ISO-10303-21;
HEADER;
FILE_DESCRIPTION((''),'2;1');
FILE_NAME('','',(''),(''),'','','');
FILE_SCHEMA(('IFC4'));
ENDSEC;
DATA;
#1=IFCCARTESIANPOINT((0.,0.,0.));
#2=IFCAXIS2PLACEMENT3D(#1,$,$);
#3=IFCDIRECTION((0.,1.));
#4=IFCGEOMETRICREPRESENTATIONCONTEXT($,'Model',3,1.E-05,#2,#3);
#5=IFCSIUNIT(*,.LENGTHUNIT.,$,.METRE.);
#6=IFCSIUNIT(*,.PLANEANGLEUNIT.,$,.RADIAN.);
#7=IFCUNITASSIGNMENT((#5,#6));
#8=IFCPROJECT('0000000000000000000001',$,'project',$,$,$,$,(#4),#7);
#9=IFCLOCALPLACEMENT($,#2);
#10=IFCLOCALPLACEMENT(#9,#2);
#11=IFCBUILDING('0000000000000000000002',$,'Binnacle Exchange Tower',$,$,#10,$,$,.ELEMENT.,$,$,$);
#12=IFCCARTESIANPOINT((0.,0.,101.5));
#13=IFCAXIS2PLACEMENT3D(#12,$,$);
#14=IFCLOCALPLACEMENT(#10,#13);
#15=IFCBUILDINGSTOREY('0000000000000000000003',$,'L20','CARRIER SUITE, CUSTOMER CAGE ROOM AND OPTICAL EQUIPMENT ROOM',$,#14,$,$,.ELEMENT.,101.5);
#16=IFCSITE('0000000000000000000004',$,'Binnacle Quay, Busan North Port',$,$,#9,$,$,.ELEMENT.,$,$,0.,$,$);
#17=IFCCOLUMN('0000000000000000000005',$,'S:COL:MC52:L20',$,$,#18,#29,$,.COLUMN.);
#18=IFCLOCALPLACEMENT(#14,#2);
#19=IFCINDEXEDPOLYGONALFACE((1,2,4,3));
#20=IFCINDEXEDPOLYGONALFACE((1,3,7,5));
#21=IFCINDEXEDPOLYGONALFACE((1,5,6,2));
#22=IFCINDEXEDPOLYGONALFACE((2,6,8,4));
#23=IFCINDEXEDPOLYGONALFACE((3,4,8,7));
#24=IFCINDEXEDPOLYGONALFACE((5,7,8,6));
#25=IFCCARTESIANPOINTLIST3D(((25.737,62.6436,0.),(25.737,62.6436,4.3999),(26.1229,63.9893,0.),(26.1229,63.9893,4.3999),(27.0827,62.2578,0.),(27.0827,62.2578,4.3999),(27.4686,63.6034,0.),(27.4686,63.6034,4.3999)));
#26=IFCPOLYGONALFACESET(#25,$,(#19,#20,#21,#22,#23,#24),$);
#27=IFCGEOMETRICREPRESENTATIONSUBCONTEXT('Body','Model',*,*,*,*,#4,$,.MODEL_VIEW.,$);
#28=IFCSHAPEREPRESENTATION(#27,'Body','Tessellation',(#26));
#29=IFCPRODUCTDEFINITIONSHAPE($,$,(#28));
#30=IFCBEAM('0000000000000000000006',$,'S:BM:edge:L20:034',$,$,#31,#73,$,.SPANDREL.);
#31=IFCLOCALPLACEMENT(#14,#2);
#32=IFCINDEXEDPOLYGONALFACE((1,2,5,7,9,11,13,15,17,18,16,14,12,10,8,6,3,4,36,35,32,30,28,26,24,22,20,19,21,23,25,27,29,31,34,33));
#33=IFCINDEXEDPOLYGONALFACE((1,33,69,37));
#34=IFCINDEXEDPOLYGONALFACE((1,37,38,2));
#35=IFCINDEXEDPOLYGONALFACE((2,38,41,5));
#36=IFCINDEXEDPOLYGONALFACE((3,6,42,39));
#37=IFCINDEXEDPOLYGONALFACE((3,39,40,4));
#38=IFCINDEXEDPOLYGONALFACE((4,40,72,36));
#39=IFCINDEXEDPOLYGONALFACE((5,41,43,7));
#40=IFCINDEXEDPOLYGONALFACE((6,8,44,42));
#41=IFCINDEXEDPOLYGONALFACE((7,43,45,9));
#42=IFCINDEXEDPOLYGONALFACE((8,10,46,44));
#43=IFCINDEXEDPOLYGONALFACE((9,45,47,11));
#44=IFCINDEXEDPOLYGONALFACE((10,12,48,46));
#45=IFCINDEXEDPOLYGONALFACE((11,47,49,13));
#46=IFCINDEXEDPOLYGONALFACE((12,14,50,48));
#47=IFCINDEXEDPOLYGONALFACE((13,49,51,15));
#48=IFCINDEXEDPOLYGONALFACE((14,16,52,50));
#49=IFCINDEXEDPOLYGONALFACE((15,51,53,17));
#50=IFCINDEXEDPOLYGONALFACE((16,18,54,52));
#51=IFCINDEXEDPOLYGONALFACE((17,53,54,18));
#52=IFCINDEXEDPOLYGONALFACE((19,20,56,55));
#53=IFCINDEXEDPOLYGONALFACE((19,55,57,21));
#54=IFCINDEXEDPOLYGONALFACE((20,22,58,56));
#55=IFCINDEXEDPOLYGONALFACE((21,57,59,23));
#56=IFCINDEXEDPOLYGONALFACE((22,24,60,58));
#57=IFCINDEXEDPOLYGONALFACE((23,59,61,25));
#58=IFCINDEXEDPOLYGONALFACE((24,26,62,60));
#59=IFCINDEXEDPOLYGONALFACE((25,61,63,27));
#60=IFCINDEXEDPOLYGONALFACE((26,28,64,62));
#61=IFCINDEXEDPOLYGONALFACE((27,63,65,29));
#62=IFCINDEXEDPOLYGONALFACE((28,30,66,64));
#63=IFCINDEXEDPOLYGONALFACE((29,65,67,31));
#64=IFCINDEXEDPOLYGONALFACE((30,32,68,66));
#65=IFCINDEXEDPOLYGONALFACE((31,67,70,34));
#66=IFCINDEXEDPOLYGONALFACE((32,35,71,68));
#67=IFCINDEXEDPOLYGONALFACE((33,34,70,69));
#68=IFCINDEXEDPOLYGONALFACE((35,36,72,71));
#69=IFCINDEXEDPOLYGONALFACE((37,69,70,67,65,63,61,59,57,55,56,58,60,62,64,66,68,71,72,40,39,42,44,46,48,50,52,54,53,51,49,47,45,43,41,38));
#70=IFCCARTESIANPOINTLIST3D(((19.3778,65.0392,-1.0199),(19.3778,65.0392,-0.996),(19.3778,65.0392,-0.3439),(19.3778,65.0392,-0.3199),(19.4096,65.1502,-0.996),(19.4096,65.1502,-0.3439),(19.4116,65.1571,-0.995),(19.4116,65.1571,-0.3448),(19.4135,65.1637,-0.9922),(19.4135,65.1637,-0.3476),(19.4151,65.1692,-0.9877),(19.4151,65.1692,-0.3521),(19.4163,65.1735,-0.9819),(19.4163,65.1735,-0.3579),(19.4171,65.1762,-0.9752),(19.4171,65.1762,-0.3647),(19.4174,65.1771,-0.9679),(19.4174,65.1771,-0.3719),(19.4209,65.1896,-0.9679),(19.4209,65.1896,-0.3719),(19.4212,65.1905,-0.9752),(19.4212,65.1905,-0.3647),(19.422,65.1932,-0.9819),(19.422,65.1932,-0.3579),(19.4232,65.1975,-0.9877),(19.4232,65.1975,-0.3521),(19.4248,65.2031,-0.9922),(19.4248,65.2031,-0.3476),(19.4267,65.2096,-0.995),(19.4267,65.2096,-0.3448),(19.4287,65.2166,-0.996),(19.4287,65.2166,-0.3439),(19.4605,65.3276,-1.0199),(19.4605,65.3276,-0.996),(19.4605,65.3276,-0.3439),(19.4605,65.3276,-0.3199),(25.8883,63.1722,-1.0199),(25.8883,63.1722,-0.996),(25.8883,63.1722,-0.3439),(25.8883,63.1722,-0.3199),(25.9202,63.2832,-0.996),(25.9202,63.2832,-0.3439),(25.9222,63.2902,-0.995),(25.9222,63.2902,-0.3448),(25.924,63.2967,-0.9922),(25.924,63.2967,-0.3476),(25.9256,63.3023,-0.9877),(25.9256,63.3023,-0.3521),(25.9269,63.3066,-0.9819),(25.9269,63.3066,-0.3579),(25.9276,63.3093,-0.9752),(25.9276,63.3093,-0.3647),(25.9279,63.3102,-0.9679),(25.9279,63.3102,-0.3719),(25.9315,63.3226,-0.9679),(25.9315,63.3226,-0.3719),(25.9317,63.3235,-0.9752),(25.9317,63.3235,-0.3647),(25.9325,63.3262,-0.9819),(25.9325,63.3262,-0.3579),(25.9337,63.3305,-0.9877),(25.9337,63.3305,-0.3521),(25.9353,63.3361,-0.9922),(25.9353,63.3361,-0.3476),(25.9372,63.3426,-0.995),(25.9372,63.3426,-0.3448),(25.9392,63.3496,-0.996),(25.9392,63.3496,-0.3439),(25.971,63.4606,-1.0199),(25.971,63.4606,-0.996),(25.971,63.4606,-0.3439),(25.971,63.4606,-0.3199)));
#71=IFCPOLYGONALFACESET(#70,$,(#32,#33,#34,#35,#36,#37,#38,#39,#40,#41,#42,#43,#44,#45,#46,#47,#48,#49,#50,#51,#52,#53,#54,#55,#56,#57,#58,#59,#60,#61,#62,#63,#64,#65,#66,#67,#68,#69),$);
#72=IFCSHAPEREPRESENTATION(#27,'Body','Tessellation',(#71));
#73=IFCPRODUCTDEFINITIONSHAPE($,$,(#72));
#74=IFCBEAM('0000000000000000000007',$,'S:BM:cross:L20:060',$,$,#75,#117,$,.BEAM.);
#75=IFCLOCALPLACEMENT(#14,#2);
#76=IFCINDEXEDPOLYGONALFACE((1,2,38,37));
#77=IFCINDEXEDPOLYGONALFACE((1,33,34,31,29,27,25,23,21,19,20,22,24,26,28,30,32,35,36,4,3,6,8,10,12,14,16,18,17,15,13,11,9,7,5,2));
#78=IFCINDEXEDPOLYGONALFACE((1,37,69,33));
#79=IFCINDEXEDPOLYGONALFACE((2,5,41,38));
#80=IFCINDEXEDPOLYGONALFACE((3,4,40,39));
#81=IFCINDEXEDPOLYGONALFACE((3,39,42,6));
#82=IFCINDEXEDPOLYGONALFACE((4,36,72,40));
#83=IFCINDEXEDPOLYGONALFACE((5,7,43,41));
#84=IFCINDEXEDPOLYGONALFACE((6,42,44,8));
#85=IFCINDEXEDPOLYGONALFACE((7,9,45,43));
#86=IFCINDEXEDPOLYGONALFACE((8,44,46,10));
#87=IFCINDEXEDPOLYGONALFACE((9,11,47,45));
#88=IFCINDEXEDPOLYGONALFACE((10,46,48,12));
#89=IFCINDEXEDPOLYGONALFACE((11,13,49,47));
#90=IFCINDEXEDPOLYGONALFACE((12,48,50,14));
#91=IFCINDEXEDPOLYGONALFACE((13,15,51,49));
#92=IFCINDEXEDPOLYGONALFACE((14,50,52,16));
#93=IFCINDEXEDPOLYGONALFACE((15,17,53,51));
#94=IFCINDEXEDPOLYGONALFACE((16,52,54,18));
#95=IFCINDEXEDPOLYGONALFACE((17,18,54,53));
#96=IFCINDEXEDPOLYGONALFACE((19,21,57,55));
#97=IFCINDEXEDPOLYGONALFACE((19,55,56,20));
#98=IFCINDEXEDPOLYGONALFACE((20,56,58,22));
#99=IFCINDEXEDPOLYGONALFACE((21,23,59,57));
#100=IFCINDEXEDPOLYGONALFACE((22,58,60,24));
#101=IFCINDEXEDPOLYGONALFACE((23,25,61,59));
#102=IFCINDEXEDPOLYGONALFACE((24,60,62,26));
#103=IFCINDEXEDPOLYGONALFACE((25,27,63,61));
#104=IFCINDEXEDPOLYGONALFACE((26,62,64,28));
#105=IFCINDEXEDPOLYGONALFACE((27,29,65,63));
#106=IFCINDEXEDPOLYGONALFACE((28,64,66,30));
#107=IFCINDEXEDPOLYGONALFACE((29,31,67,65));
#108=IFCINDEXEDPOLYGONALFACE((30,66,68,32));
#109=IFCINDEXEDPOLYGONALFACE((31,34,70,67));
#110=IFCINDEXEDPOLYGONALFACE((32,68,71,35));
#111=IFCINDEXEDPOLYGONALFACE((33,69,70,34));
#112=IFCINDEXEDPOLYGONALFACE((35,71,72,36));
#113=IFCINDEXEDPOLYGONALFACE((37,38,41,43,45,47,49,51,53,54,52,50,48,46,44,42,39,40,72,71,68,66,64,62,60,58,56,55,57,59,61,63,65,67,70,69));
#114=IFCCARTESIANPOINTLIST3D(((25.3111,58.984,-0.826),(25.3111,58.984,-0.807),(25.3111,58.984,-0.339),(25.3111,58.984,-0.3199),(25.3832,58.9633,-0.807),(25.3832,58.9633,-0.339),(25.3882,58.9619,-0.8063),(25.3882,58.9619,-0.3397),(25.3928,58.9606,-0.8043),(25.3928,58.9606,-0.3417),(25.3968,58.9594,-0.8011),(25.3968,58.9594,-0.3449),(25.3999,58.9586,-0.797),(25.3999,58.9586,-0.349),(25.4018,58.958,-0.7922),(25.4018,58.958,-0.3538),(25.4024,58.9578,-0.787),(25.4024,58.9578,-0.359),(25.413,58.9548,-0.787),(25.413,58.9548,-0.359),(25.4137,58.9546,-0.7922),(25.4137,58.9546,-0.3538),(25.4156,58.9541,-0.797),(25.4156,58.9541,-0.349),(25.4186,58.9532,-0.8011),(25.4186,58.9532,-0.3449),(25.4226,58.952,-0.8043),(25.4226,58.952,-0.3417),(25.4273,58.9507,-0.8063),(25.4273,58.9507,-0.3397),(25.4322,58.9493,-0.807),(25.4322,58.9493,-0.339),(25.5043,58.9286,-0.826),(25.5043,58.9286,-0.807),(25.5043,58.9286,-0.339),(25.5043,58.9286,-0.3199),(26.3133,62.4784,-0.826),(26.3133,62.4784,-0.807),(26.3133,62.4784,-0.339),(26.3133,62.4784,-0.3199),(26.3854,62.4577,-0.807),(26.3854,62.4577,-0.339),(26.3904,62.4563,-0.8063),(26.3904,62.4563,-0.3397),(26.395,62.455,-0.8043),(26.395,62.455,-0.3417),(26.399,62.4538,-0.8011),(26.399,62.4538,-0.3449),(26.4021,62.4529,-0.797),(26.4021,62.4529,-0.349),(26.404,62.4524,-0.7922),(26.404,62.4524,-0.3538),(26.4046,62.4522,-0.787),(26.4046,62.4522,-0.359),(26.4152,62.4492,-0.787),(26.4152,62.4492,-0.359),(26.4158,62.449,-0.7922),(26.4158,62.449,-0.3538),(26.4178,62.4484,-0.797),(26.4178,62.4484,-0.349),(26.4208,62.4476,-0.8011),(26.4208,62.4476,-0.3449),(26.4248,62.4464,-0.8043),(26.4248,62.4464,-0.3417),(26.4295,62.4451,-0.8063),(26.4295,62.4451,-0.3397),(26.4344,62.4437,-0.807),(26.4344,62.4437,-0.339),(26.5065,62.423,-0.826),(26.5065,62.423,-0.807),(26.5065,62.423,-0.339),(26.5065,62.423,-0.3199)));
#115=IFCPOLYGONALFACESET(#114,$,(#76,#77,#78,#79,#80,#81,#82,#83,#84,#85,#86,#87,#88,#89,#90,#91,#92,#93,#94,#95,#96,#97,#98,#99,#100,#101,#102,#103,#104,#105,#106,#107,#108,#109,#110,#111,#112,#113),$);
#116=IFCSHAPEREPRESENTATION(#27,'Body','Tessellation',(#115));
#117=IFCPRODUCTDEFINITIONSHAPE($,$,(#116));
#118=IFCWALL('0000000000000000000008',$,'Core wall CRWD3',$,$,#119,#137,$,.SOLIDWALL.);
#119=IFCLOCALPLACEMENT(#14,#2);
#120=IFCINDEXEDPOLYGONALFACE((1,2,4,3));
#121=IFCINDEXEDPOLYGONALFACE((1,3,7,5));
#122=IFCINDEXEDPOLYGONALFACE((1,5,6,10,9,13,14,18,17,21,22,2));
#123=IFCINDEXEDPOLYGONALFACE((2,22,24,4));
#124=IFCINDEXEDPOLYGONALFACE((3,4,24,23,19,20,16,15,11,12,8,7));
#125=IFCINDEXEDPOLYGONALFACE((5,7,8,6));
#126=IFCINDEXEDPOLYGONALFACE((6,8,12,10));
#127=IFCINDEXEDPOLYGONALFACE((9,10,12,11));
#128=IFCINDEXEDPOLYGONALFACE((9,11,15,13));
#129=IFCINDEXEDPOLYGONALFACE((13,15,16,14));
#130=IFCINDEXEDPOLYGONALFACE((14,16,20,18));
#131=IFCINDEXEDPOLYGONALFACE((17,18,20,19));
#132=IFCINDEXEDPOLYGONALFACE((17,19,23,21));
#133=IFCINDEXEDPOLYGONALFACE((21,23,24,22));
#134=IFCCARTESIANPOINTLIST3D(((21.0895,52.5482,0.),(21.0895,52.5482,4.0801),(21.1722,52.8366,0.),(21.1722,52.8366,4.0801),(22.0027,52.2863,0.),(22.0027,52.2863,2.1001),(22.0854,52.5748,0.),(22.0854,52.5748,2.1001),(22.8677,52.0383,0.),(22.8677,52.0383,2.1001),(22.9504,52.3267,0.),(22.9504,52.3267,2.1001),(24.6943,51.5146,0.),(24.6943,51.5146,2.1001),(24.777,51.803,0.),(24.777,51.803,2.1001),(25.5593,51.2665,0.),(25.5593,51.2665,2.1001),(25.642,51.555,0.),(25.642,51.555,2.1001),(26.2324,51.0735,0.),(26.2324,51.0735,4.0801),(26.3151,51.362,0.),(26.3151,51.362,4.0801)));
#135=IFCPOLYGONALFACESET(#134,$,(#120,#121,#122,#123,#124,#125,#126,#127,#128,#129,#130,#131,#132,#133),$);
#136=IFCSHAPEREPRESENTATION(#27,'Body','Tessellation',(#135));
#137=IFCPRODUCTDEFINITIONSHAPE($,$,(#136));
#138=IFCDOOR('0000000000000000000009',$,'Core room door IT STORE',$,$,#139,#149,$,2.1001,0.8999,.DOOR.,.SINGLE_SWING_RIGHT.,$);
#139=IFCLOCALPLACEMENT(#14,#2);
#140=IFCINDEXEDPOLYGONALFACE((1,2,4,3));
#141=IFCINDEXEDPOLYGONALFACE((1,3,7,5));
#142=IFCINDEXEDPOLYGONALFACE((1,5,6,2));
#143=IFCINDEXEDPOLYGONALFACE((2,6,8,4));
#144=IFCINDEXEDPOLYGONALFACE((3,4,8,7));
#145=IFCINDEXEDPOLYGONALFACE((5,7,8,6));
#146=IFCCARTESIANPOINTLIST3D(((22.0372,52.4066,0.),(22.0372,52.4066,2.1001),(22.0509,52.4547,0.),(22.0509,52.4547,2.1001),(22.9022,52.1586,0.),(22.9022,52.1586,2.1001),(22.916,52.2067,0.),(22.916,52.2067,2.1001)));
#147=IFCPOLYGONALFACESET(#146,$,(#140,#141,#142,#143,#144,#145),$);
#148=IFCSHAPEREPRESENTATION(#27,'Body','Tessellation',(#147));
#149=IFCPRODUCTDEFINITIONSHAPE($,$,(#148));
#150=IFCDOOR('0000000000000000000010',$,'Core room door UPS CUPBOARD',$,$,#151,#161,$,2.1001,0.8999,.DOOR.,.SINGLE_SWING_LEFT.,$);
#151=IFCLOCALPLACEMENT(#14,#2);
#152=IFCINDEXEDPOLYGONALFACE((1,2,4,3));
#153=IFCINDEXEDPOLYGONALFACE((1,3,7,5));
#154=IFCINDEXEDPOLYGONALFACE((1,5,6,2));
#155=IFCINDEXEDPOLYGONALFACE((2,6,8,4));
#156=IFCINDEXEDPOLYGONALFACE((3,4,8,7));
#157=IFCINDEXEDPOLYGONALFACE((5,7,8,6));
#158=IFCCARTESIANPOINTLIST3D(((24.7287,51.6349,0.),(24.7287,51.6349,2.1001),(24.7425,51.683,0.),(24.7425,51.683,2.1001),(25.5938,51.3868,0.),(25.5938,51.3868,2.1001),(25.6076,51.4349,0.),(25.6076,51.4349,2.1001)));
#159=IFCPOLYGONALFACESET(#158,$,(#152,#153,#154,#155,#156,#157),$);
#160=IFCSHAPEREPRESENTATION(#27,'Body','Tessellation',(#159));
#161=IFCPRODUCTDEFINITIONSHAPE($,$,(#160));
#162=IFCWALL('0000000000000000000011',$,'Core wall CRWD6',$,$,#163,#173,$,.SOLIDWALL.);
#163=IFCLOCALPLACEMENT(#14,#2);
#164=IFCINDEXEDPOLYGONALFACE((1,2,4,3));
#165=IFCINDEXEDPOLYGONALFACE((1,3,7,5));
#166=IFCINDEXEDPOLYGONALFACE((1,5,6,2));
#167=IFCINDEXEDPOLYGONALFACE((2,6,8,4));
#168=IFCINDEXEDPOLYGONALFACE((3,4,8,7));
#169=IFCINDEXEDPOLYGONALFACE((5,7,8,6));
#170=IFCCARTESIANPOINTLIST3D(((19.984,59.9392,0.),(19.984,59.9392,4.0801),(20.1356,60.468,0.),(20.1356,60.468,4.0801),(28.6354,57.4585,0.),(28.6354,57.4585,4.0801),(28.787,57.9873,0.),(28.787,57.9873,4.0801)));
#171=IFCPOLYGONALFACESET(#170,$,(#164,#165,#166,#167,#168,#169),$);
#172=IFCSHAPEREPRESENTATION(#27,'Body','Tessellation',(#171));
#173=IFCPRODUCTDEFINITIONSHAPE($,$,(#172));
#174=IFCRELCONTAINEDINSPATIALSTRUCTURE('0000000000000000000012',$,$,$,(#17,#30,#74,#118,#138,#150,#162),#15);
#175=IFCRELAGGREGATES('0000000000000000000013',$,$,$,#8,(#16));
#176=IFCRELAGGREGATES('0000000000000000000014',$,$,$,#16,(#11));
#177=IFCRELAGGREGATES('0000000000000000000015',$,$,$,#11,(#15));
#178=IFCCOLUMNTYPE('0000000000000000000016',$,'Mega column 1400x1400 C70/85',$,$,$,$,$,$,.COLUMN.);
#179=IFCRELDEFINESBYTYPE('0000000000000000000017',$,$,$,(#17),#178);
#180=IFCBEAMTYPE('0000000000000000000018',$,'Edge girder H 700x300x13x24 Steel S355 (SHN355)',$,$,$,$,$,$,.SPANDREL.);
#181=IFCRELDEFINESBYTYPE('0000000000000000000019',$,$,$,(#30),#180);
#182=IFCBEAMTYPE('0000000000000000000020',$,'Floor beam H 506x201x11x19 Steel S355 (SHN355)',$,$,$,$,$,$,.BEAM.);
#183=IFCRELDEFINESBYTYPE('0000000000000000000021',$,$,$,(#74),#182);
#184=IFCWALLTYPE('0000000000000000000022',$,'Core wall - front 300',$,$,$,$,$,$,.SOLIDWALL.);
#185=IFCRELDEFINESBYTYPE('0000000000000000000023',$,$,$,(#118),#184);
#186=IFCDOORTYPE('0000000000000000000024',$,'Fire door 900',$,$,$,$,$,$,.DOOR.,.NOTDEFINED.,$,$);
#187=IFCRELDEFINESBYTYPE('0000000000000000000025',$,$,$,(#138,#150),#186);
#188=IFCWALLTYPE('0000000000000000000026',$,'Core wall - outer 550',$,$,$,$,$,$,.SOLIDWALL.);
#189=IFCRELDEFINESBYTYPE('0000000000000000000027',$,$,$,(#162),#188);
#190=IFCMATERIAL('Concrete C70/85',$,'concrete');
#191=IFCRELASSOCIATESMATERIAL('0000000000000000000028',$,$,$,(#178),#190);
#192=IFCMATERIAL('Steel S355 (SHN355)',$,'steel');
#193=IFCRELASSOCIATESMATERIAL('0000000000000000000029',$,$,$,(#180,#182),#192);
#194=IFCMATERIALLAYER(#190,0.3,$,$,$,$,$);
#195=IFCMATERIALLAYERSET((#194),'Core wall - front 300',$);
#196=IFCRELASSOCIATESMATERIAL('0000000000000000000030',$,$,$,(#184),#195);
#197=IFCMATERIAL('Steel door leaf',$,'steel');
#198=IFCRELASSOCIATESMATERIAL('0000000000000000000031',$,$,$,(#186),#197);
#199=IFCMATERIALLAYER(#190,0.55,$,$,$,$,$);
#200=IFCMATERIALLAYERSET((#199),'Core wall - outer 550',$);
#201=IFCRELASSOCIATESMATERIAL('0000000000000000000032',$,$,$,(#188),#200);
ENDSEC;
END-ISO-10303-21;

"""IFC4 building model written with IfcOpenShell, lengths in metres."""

from ifc_helpers import new_model, si_unit, direction, frame, frame_2d, origin, origin_2d, place, context, subcontext, project, spatial, rectangle, i_section, extrude, material, layer, layer_set, material_profile, profile_set, type_object, element, fill, save


model = new_model("IFC4")

# Units and contexts
model_context = context("Model", 3, precision=1e-05, world=origin(), true_north=direction((0.0, 1.0)))
body_context = subcontext(model_context, "Body", "Model", "MODEL_VIEW")
ifc_project = project(units=[si_unit("LENGTHUNIT", "METRE"), si_unit("PLANEANGLEUNIT", "RADIAN")], contexts=[model_context])

# Site, building, storey
site_placement = place(None, origin())
site = spatial("IfcSite", under=ifc_project, at=site_placement, Name="Binnacle Quay, Busan North Port", CompositionType="ELEMENT", RefElevation=0.0)
building_placement = place(site_placement, origin())
building = spatial("IfcBuilding", under=site, at=building_placement, Name="Binnacle Exchange Tower", CompositionType="ELEMENT")
storey_placement = place(building_placement, frame((0.0, 0.0, 101.5)))
storey = spatial("IfcBuildingStorey", under=building, at=storey_placement, Name="L20", Description="CARRIER SUITE, CUSTOMER CAGE ROOM AND OPTICAL EQUIPMENT ROOM", CompositionType="ELEMENT", Elevation=101.5)

# Column
ifc_material_1 = material(Name="Concrete C70/85", Category="concrete")
ifc_material_profile_1 = material_profile(ifc_material_1, rectangle(XDim=1.3999, YDim=1.3999, at=origin_2d()), Name="Mega column 1400x1400 C70/85")
ifc_profile_set_1 = profile_set([ifc_material_profile_1], Name="Concrete C70/85")
column_type = type_object("IfcColumnType", Name="Mega column 1400x1400 C70/85", PredefinedType="COLUMN", material=ifc_profile_set_1)
column_placement = place(storey_placement, frame((26.6028, 63.1235, 0.0), z_axis=(0.0, 0.0, 1.0), x_axis=(-0.961262, 0.275637, 0.0)))
element("IfcColumn", 1, at=column_placement, inside=storey, type_object=column_type, Name="S:COL:MC52:L20", PredefinedType="COLUMN", context=body_context, shape_type="SweptSolid", body=[
    extrude(rectangle(XDim=1.3999, YDim=1.3999, at=origin_2d()), origin(), (0.0, 0.0, 1.0), 4.3999),
])

# Beams
ifc_material_2 = material(Name="Steel S355 (SHN355)", Category="steel")
ifc_material_profile_2 = material_profile(ifc_material_2, i_section(OverallWidth=0.3, OverallDepth=0.7, WebThickness=0.0129, FlangeThickness=0.0239, FilletRadius=0.0281, at=origin_2d()), Name="H 700x300x13x24")
ifc_profile_set_2 = profile_set([ifc_material_profile_2], Name="Steel S355 (SHN355)")
beam_type_1 = type_object("IfcBeamType", Name="Edge girder H 700x300x13x24 Steel S355 (SHN355)", PredefinedType="SPANDREL", material=ifc_profile_set_2)
beam_1_placement = place(storey_placement, frame((25.9297, 63.3164, -0.6699), z_axis=(-0.961258, 0.275649, 0.0), x_axis=(-0.275649, -0.961258, 0.0)))
element("IfcBeam", 2, at=beam_1_placement, inside=storey, type_object=beam_type_1, Name="S:BM:edge:L20:034", PredefinedType="SPANDREL", context=body_context, shape_type="SweptSolid", body=[
    extrude(i_section(OverallWidth=0.3, OverallDepth=0.7, WebThickness=0.0129, FlangeThickness=0.0239, FilletRadius=0.0281, at=origin_2d()), origin(), (0.0, 0.0, 1.0), 6.7729),
])
ifc_material_profile_3 = material_profile(ifc_material_2, i_section(OverallWidth=0.2009, OverallDepth=0.5061, WebThickness=0.011, FlangeThickness=0.019, FilletRadius=0.02, at=origin_2d()), Name="H 506x201x11x19")
ifc_profile_set_3 = profile_set([ifc_material_profile_3], Name="Steel S355 (SHN355)")
beam_type_2 = type_object("IfcBeamType", Name="Floor beam H 506x201x11x19 Steel S355 (SHN355)", PredefinedType="BEAM", material=ifc_profile_set_3)
beam_2_placement = place(storey_placement, frame((26.4099, 62.4507, -0.573), z_axis=(-0.275688, -0.961247, 0.0), x_axis=(0.961247, -0.275688, 0.0)))
element("IfcBeam", 3, at=beam_2_placement, inside=storey, type_object=beam_type_2, Name="S:BM:cross:L20:060", PredefinedType="BEAM", context=body_context, shape_type="SweptSolid", body=[
    extrude(i_section(OverallWidth=0.2009, OverallDepth=0.5061, WebThickness=0.011, FlangeThickness=0.019, FilletRadius=0.02, at=origin_2d()), origin(), (0.0, 0.0, 1.0), 3.6353),
])

# Wall, openings, doors
ifc_layer_1 = layer(ifc_material_1, 0.3)
ifc_layer_set_1 = layer_set([ifc_layer_1], Name="Core wall - front 300")
wall_type_1 = type_object("IfcWallType", Name="Core wall - front 300", PredefinedType="SOLIDWALL", material=ifc_layer_set_1)
wall_1_placement = place(storey_placement, frame((21.1309, 52.6924, 0.0), z_axis=(0.0, 0.0, 1.0), x_axis=(0.961265, -0.275625, 0.0)))
wall_1 = element("IfcWall", 4, at=wall_1_placement, inside=storey, type_object=wall_type_1, Name="Core wall CRWD3", PredefinedType="SOLIDWALL", context=body_context, shape_type="SweptSolid", body=[
    extrude(rectangle(XDim=5.3501, YDim=0.3, at=frame_2d((2.675, 0.0))), origin(), (0.0, 0.0, 1.0), 4.0801),
])
opening_1_placement = place(wall_1_placement, frame((0.95, 0.0, 0.0)))
opening_1 = element("IfcOpeningElement", 5, at=opening_1_placement, cuts=wall_1, PredefinedType="OPENING", context=body_context, shape_type="SweptSolid", body=[
    extrude(rectangle(XDim=0.8999, YDim=2.1001, at=frame_2d((0.45, 1.05))), frame((0.0, 0.1599, 0.0), z_axis=(0.0, -1.0, 0.0), x_axis=(1.0, 0.0, 0.0)), (0.0, 0.0, 1.0), 0.3201),
])
opening_2_placement = place(wall_1_placement, frame((3.75, 0.0, 0.0)))
opening_2 = element("IfcOpeningElement", 6, at=opening_2_placement, cuts=wall_1, PredefinedType="OPENING", context=body_context, shape_type="SweptSolid", body=[
    extrude(rectangle(XDim=0.8999, YDim=2.1001, at=frame_2d((0.45, 1.05))), frame((0.0, 0.1599, 0.0), z_axis=(0.0, -1.0, 0.0), x_axis=(1.0, 0.0, 0.0)), (0.0, 0.0, 1.0), 0.3201),
])
ifc_material_3 = material(Name="Steel door leaf", Category="steel")
door_type_1 = type_object("IfcDoorType", Name="Fire door 900", OperationType="NOTDEFINED", PredefinedType="DOOR", material=ifc_material_3)
door_1_placement = place(opening_1_placement, frame((0.8999, 0.0, 0.0), z_axis=(0.0, 0.0, 1.0), x_axis=(-1.0, 0.0, 0.0)))
door_1 = element("IfcDoor", 7, at=door_1_placement, inside=storey, type_object=door_type_1, Name="Core room door IT STORE", OperationType="SINGLE_SWING_RIGHT", OverallHeight=2.1001, OverallWidth=0.8999, PredefinedType="DOOR", context=body_context, shape_type="SweptSolid", body=[
    extrude(rectangle(XDim=0.8999, YDim=2.1001, at=frame_2d((0.45, 1.05))), frame((0.0, 0.0249, 0.0), z_axis=(0.0, -1.0, 0.0), x_axis=(1.0, 0.0, 0.0)), (0.0, 0.0, 1.0), 0.05),
])
fill(opening_1, door_1)
door_2_placement = place(opening_2_placement, frame((0.8999, 0.0, 0.0), z_axis=(0.0, 0.0, 1.0), x_axis=(-1.0, 0.0, 0.0)))
door_2 = element("IfcDoor", 8, at=door_2_placement, inside=storey, type_object=door_type_1, Name="Core room door UPS CUPBOARD", OperationType="SINGLE_SWING_LEFT", OverallHeight=2.1001, OverallWidth=0.8999, PredefinedType="DOOR", context=body_context, shape_type="SweptSolid", body=[
    extrude(rectangle(XDim=0.8999, YDim=2.1001, at=frame_2d((0.45, 1.05))), frame((0.0, 0.0249, 0.0), z_axis=(0.0, -1.0, 0.0), x_axis=(1.0, 0.0, 0.0)), (0.0, 0.0, 1.0), 0.05),
])
fill(opening_2, door_2)

# Wall
ifc_layer_2 = layer(ifc_material_1, 0.55)
ifc_layer_set_2 = layer_set([ifc_layer_2], Name="Core wall - outer 550")
wall_type_2 = type_object("IfcWallType", Name="Core wall - outer 550", PredefinedType="SOLIDWALL", material=ifc_layer_set_2)
wall_2_placement = place(storey_placement, frame((20.0598, 60.2036, 0.0), z_axis=(0.0, 0.0, 1.0), x_axis=(0.961262, -0.275635, 0.0)))
element("IfcWall", 9, at=wall_2_placement, inside=storey, type_object=wall_type_2, Name="Core wall CRWD6", PredefinedType="SOLIDWALL", context=body_context, shape_type="SweptSolid", body=[
    extrude(rectangle(XDim=9.0, YDim=0.55, at=frame_2d((4.5, 0.0))), origin(), (0.0, 0.0, 1.0), 4.0801),
])

save(model, "model.ifc")
